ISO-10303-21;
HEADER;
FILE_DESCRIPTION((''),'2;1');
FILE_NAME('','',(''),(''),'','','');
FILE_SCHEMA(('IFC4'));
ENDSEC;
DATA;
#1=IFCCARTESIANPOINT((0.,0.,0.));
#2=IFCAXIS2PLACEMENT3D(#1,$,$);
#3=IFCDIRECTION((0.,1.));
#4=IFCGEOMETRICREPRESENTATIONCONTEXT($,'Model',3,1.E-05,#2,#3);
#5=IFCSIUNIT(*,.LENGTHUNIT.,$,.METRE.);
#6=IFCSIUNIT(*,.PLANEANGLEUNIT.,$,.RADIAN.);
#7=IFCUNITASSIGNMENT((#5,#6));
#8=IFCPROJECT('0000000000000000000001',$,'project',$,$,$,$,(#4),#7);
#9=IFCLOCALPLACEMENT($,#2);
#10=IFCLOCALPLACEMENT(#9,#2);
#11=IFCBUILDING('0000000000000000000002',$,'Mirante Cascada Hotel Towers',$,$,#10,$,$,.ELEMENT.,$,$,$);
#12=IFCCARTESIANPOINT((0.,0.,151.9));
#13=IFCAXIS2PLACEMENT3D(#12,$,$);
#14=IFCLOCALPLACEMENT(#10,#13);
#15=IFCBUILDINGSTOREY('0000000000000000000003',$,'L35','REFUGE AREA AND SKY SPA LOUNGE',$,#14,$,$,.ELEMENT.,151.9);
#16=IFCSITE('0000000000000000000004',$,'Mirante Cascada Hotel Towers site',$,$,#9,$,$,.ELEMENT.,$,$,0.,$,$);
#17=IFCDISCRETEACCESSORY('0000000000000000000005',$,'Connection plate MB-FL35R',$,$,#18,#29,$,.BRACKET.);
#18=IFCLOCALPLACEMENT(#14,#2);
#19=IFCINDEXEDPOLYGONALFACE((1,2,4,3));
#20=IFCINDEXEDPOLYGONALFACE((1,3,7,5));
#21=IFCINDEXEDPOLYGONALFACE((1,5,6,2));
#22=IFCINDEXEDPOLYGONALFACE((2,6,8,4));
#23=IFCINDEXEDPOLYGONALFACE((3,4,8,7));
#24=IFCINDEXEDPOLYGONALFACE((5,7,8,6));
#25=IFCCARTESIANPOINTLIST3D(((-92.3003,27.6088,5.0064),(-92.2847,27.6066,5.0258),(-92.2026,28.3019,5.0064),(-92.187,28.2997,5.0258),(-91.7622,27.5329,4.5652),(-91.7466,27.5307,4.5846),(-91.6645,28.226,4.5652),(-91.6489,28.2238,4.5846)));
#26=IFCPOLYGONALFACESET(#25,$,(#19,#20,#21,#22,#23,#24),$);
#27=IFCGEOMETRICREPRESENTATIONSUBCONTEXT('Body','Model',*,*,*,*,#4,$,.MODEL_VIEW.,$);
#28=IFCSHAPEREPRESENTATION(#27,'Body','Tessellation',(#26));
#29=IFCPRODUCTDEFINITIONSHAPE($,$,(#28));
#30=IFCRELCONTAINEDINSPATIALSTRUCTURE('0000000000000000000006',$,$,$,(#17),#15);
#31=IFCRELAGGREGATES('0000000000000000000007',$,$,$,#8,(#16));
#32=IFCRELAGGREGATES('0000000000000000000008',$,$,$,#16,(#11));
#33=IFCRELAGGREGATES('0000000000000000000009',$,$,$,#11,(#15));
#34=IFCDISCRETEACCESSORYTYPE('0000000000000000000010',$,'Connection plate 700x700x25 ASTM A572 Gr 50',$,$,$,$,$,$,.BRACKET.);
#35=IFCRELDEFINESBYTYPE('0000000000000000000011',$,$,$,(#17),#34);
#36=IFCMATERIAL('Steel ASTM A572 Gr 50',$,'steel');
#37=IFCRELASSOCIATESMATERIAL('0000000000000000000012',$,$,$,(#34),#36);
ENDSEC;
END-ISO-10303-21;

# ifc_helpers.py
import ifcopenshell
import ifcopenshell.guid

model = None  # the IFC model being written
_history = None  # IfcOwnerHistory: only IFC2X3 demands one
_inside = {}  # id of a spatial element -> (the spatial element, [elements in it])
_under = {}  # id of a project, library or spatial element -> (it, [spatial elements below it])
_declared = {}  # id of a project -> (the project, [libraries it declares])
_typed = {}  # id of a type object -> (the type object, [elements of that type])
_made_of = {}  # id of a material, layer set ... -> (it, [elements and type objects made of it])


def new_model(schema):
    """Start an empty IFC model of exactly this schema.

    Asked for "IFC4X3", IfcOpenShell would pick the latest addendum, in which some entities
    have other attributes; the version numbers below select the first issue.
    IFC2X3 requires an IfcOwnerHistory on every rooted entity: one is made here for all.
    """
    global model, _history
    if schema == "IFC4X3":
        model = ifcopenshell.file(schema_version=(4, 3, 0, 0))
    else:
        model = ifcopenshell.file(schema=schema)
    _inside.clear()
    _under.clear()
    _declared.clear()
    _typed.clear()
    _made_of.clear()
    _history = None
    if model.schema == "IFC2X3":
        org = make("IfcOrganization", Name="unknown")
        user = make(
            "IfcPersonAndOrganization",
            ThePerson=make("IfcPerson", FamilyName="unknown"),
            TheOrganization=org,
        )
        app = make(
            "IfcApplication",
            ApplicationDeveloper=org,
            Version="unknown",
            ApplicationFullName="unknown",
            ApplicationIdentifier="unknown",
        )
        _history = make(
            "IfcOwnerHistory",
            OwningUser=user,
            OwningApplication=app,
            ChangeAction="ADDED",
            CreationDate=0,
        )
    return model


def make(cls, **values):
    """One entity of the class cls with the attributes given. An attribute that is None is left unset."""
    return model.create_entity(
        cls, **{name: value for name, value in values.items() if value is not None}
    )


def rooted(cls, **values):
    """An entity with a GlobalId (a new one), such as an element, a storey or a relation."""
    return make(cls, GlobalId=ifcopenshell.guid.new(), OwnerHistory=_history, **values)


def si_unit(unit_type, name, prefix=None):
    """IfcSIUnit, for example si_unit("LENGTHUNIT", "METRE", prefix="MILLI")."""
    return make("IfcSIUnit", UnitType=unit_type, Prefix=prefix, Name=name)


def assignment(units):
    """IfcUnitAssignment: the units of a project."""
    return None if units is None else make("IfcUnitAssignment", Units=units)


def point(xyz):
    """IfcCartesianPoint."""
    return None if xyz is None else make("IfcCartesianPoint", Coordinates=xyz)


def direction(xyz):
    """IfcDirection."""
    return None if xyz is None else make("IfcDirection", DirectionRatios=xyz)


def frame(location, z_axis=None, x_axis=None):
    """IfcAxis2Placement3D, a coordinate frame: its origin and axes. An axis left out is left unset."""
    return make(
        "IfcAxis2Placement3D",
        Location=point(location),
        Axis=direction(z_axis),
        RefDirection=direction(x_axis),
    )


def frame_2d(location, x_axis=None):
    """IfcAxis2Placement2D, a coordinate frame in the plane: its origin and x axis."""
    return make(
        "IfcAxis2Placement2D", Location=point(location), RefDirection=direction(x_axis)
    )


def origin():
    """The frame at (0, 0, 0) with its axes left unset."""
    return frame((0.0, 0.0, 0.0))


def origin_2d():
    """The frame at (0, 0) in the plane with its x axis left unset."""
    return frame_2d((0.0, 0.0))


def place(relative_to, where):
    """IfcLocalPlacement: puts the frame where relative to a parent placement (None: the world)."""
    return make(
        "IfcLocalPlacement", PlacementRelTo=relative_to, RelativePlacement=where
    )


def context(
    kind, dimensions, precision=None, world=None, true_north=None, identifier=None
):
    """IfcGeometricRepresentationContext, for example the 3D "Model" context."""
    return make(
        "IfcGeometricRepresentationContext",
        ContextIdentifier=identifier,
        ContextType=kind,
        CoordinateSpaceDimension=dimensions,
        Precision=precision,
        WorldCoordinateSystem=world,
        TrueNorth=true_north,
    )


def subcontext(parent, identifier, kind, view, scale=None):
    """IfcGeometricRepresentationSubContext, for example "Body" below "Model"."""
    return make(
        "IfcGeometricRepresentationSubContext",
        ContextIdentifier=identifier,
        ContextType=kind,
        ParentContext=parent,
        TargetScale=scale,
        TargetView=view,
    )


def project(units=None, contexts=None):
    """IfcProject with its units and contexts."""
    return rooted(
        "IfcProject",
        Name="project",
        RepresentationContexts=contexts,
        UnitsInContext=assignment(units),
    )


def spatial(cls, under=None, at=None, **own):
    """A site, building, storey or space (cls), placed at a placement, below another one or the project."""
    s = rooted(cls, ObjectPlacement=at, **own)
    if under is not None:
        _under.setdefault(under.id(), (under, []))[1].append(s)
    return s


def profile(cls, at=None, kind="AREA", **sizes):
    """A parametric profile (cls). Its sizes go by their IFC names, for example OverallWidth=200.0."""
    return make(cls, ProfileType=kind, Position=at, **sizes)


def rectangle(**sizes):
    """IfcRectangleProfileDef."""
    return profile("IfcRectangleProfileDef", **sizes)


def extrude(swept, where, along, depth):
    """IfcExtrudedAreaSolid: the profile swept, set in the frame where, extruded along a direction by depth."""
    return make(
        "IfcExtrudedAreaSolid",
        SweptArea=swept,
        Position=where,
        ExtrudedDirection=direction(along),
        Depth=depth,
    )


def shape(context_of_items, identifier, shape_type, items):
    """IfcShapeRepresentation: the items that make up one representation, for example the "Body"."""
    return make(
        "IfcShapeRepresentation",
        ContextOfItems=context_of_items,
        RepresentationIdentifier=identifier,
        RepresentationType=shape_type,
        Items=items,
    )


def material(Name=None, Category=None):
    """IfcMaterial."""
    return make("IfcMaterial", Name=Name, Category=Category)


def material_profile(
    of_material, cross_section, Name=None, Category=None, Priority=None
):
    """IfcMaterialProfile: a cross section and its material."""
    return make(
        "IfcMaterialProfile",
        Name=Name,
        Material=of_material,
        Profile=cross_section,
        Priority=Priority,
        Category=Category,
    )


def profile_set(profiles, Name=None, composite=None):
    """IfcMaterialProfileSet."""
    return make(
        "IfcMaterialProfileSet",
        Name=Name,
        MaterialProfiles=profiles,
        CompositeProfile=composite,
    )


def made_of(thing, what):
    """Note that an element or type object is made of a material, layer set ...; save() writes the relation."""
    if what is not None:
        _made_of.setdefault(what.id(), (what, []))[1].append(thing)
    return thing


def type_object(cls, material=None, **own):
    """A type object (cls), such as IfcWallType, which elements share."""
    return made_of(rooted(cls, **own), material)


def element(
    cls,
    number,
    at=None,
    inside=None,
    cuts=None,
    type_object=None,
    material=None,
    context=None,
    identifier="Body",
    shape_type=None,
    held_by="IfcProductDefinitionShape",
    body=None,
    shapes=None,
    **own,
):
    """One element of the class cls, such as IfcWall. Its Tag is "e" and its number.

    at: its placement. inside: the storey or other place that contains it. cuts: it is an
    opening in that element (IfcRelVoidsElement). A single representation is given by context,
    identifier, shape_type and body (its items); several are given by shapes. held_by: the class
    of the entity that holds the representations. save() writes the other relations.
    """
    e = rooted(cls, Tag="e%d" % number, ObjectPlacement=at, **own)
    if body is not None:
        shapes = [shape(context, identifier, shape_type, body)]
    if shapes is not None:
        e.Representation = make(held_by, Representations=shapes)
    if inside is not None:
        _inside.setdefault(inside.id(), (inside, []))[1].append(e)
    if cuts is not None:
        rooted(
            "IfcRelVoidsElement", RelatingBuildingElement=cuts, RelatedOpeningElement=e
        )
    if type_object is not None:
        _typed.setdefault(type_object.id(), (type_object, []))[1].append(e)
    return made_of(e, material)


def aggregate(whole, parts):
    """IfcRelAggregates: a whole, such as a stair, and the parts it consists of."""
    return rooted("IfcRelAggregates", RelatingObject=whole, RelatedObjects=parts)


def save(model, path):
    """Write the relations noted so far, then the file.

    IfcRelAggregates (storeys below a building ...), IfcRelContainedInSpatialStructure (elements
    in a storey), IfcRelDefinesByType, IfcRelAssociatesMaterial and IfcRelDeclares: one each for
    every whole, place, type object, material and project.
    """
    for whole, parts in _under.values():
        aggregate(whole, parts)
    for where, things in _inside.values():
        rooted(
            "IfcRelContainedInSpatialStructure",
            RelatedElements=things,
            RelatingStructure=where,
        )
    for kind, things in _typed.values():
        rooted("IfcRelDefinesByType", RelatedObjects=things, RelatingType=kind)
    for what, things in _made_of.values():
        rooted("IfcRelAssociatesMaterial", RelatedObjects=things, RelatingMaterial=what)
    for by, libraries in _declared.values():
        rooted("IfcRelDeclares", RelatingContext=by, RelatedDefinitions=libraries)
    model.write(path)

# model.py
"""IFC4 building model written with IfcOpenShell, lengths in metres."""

from ifc_helpers import new_model, si_unit, direction, frame, origin, origin_2d, place, context, subcontext, project, spatial, rectangle, extrude, material, material_profile, profile_set, type_object, element, save


model = new_model("IFC4")

# Units and contexts
model_context = context("Model", 3, precision=1e-05, world=origin(), true_north=direction((0.0, 1.0)))
body_context = subcontext(model_context, "Body", "Model", "MODEL_VIEW")
ifc_project = project(units=[si_unit("LENGTHUNIT", "METRE"), si_unit("PLANEANGLEUNIT", "RADIAN")], contexts=[model_context])

# Site, building, storey
site_placement = place(None, origin())
site = spatial("IfcSite", under=ifc_project, at=site_placement, Name="Mirante Cascada Hotel Towers site", CompositionType="ELEMENT", RefElevation=0.0)
building_placement = place(site_placement, origin())
building = spatial("IfcBuilding", under=site, at=building_placement, Name="Mirante Cascada Hotel Towers", CompositionType="ELEMENT")
storey_placement = place(building_placement, frame((0.0, 0.0, 151.9)))
storey = spatial("IfcBuildingStorey", under=building, at=storey_placement, Name="L35", Description="REFUGE AREA AND SKY SPA LOUNGE", CompositionType="ELEMENT", Elevation=151.9)

# Discrete accessory
ifc_material_1 = material(Name="Steel ASTM A572 Gr 50", Category="steel")
ifc_material_profile_1 = material_profile(ifc_material_1, rectangle(XDim=0.7, YDim=0.7, at=origin_2d()), Name="Connection plate 700x700x25 ASTM A572 Gr 50")
ifc_profile_set_1 = profile_set([ifc_material_profile_1], Name="Steel ASTM A572 Gr 50")
discrete_accessory_type_1 = type_object("IfcDiscreteAccessoryType", Name="Connection plate 700x700x25 ASTM A572 Gr 50", PredefinedType="BRACKET", material=ifc_profile_set_1)
discrete_accessory_1_placement = place(storey_placement, frame((-91.9824, 27.9174, 4.7858), z_axis=(0.62422, -0.088031, 0.776273), x_axis=(0.139644, 0.990202, 0.0)))
element("IfcDiscreteAccessory", 1, at=discrete_accessory_1_placement, inside=storey, type_object=discrete_accessory_type_1, Name="Connection plate MB-FL35R", PredefinedType="BRACKET", context=body_context, shape_type="SweptSolid", body=[
    extrude(rectangle(XDim=0.7, YDim=0.7, at=origin_2d()), origin(), (0.0, 0.0, 1.0), 0.025),
])

save(model, "model.ifc")
